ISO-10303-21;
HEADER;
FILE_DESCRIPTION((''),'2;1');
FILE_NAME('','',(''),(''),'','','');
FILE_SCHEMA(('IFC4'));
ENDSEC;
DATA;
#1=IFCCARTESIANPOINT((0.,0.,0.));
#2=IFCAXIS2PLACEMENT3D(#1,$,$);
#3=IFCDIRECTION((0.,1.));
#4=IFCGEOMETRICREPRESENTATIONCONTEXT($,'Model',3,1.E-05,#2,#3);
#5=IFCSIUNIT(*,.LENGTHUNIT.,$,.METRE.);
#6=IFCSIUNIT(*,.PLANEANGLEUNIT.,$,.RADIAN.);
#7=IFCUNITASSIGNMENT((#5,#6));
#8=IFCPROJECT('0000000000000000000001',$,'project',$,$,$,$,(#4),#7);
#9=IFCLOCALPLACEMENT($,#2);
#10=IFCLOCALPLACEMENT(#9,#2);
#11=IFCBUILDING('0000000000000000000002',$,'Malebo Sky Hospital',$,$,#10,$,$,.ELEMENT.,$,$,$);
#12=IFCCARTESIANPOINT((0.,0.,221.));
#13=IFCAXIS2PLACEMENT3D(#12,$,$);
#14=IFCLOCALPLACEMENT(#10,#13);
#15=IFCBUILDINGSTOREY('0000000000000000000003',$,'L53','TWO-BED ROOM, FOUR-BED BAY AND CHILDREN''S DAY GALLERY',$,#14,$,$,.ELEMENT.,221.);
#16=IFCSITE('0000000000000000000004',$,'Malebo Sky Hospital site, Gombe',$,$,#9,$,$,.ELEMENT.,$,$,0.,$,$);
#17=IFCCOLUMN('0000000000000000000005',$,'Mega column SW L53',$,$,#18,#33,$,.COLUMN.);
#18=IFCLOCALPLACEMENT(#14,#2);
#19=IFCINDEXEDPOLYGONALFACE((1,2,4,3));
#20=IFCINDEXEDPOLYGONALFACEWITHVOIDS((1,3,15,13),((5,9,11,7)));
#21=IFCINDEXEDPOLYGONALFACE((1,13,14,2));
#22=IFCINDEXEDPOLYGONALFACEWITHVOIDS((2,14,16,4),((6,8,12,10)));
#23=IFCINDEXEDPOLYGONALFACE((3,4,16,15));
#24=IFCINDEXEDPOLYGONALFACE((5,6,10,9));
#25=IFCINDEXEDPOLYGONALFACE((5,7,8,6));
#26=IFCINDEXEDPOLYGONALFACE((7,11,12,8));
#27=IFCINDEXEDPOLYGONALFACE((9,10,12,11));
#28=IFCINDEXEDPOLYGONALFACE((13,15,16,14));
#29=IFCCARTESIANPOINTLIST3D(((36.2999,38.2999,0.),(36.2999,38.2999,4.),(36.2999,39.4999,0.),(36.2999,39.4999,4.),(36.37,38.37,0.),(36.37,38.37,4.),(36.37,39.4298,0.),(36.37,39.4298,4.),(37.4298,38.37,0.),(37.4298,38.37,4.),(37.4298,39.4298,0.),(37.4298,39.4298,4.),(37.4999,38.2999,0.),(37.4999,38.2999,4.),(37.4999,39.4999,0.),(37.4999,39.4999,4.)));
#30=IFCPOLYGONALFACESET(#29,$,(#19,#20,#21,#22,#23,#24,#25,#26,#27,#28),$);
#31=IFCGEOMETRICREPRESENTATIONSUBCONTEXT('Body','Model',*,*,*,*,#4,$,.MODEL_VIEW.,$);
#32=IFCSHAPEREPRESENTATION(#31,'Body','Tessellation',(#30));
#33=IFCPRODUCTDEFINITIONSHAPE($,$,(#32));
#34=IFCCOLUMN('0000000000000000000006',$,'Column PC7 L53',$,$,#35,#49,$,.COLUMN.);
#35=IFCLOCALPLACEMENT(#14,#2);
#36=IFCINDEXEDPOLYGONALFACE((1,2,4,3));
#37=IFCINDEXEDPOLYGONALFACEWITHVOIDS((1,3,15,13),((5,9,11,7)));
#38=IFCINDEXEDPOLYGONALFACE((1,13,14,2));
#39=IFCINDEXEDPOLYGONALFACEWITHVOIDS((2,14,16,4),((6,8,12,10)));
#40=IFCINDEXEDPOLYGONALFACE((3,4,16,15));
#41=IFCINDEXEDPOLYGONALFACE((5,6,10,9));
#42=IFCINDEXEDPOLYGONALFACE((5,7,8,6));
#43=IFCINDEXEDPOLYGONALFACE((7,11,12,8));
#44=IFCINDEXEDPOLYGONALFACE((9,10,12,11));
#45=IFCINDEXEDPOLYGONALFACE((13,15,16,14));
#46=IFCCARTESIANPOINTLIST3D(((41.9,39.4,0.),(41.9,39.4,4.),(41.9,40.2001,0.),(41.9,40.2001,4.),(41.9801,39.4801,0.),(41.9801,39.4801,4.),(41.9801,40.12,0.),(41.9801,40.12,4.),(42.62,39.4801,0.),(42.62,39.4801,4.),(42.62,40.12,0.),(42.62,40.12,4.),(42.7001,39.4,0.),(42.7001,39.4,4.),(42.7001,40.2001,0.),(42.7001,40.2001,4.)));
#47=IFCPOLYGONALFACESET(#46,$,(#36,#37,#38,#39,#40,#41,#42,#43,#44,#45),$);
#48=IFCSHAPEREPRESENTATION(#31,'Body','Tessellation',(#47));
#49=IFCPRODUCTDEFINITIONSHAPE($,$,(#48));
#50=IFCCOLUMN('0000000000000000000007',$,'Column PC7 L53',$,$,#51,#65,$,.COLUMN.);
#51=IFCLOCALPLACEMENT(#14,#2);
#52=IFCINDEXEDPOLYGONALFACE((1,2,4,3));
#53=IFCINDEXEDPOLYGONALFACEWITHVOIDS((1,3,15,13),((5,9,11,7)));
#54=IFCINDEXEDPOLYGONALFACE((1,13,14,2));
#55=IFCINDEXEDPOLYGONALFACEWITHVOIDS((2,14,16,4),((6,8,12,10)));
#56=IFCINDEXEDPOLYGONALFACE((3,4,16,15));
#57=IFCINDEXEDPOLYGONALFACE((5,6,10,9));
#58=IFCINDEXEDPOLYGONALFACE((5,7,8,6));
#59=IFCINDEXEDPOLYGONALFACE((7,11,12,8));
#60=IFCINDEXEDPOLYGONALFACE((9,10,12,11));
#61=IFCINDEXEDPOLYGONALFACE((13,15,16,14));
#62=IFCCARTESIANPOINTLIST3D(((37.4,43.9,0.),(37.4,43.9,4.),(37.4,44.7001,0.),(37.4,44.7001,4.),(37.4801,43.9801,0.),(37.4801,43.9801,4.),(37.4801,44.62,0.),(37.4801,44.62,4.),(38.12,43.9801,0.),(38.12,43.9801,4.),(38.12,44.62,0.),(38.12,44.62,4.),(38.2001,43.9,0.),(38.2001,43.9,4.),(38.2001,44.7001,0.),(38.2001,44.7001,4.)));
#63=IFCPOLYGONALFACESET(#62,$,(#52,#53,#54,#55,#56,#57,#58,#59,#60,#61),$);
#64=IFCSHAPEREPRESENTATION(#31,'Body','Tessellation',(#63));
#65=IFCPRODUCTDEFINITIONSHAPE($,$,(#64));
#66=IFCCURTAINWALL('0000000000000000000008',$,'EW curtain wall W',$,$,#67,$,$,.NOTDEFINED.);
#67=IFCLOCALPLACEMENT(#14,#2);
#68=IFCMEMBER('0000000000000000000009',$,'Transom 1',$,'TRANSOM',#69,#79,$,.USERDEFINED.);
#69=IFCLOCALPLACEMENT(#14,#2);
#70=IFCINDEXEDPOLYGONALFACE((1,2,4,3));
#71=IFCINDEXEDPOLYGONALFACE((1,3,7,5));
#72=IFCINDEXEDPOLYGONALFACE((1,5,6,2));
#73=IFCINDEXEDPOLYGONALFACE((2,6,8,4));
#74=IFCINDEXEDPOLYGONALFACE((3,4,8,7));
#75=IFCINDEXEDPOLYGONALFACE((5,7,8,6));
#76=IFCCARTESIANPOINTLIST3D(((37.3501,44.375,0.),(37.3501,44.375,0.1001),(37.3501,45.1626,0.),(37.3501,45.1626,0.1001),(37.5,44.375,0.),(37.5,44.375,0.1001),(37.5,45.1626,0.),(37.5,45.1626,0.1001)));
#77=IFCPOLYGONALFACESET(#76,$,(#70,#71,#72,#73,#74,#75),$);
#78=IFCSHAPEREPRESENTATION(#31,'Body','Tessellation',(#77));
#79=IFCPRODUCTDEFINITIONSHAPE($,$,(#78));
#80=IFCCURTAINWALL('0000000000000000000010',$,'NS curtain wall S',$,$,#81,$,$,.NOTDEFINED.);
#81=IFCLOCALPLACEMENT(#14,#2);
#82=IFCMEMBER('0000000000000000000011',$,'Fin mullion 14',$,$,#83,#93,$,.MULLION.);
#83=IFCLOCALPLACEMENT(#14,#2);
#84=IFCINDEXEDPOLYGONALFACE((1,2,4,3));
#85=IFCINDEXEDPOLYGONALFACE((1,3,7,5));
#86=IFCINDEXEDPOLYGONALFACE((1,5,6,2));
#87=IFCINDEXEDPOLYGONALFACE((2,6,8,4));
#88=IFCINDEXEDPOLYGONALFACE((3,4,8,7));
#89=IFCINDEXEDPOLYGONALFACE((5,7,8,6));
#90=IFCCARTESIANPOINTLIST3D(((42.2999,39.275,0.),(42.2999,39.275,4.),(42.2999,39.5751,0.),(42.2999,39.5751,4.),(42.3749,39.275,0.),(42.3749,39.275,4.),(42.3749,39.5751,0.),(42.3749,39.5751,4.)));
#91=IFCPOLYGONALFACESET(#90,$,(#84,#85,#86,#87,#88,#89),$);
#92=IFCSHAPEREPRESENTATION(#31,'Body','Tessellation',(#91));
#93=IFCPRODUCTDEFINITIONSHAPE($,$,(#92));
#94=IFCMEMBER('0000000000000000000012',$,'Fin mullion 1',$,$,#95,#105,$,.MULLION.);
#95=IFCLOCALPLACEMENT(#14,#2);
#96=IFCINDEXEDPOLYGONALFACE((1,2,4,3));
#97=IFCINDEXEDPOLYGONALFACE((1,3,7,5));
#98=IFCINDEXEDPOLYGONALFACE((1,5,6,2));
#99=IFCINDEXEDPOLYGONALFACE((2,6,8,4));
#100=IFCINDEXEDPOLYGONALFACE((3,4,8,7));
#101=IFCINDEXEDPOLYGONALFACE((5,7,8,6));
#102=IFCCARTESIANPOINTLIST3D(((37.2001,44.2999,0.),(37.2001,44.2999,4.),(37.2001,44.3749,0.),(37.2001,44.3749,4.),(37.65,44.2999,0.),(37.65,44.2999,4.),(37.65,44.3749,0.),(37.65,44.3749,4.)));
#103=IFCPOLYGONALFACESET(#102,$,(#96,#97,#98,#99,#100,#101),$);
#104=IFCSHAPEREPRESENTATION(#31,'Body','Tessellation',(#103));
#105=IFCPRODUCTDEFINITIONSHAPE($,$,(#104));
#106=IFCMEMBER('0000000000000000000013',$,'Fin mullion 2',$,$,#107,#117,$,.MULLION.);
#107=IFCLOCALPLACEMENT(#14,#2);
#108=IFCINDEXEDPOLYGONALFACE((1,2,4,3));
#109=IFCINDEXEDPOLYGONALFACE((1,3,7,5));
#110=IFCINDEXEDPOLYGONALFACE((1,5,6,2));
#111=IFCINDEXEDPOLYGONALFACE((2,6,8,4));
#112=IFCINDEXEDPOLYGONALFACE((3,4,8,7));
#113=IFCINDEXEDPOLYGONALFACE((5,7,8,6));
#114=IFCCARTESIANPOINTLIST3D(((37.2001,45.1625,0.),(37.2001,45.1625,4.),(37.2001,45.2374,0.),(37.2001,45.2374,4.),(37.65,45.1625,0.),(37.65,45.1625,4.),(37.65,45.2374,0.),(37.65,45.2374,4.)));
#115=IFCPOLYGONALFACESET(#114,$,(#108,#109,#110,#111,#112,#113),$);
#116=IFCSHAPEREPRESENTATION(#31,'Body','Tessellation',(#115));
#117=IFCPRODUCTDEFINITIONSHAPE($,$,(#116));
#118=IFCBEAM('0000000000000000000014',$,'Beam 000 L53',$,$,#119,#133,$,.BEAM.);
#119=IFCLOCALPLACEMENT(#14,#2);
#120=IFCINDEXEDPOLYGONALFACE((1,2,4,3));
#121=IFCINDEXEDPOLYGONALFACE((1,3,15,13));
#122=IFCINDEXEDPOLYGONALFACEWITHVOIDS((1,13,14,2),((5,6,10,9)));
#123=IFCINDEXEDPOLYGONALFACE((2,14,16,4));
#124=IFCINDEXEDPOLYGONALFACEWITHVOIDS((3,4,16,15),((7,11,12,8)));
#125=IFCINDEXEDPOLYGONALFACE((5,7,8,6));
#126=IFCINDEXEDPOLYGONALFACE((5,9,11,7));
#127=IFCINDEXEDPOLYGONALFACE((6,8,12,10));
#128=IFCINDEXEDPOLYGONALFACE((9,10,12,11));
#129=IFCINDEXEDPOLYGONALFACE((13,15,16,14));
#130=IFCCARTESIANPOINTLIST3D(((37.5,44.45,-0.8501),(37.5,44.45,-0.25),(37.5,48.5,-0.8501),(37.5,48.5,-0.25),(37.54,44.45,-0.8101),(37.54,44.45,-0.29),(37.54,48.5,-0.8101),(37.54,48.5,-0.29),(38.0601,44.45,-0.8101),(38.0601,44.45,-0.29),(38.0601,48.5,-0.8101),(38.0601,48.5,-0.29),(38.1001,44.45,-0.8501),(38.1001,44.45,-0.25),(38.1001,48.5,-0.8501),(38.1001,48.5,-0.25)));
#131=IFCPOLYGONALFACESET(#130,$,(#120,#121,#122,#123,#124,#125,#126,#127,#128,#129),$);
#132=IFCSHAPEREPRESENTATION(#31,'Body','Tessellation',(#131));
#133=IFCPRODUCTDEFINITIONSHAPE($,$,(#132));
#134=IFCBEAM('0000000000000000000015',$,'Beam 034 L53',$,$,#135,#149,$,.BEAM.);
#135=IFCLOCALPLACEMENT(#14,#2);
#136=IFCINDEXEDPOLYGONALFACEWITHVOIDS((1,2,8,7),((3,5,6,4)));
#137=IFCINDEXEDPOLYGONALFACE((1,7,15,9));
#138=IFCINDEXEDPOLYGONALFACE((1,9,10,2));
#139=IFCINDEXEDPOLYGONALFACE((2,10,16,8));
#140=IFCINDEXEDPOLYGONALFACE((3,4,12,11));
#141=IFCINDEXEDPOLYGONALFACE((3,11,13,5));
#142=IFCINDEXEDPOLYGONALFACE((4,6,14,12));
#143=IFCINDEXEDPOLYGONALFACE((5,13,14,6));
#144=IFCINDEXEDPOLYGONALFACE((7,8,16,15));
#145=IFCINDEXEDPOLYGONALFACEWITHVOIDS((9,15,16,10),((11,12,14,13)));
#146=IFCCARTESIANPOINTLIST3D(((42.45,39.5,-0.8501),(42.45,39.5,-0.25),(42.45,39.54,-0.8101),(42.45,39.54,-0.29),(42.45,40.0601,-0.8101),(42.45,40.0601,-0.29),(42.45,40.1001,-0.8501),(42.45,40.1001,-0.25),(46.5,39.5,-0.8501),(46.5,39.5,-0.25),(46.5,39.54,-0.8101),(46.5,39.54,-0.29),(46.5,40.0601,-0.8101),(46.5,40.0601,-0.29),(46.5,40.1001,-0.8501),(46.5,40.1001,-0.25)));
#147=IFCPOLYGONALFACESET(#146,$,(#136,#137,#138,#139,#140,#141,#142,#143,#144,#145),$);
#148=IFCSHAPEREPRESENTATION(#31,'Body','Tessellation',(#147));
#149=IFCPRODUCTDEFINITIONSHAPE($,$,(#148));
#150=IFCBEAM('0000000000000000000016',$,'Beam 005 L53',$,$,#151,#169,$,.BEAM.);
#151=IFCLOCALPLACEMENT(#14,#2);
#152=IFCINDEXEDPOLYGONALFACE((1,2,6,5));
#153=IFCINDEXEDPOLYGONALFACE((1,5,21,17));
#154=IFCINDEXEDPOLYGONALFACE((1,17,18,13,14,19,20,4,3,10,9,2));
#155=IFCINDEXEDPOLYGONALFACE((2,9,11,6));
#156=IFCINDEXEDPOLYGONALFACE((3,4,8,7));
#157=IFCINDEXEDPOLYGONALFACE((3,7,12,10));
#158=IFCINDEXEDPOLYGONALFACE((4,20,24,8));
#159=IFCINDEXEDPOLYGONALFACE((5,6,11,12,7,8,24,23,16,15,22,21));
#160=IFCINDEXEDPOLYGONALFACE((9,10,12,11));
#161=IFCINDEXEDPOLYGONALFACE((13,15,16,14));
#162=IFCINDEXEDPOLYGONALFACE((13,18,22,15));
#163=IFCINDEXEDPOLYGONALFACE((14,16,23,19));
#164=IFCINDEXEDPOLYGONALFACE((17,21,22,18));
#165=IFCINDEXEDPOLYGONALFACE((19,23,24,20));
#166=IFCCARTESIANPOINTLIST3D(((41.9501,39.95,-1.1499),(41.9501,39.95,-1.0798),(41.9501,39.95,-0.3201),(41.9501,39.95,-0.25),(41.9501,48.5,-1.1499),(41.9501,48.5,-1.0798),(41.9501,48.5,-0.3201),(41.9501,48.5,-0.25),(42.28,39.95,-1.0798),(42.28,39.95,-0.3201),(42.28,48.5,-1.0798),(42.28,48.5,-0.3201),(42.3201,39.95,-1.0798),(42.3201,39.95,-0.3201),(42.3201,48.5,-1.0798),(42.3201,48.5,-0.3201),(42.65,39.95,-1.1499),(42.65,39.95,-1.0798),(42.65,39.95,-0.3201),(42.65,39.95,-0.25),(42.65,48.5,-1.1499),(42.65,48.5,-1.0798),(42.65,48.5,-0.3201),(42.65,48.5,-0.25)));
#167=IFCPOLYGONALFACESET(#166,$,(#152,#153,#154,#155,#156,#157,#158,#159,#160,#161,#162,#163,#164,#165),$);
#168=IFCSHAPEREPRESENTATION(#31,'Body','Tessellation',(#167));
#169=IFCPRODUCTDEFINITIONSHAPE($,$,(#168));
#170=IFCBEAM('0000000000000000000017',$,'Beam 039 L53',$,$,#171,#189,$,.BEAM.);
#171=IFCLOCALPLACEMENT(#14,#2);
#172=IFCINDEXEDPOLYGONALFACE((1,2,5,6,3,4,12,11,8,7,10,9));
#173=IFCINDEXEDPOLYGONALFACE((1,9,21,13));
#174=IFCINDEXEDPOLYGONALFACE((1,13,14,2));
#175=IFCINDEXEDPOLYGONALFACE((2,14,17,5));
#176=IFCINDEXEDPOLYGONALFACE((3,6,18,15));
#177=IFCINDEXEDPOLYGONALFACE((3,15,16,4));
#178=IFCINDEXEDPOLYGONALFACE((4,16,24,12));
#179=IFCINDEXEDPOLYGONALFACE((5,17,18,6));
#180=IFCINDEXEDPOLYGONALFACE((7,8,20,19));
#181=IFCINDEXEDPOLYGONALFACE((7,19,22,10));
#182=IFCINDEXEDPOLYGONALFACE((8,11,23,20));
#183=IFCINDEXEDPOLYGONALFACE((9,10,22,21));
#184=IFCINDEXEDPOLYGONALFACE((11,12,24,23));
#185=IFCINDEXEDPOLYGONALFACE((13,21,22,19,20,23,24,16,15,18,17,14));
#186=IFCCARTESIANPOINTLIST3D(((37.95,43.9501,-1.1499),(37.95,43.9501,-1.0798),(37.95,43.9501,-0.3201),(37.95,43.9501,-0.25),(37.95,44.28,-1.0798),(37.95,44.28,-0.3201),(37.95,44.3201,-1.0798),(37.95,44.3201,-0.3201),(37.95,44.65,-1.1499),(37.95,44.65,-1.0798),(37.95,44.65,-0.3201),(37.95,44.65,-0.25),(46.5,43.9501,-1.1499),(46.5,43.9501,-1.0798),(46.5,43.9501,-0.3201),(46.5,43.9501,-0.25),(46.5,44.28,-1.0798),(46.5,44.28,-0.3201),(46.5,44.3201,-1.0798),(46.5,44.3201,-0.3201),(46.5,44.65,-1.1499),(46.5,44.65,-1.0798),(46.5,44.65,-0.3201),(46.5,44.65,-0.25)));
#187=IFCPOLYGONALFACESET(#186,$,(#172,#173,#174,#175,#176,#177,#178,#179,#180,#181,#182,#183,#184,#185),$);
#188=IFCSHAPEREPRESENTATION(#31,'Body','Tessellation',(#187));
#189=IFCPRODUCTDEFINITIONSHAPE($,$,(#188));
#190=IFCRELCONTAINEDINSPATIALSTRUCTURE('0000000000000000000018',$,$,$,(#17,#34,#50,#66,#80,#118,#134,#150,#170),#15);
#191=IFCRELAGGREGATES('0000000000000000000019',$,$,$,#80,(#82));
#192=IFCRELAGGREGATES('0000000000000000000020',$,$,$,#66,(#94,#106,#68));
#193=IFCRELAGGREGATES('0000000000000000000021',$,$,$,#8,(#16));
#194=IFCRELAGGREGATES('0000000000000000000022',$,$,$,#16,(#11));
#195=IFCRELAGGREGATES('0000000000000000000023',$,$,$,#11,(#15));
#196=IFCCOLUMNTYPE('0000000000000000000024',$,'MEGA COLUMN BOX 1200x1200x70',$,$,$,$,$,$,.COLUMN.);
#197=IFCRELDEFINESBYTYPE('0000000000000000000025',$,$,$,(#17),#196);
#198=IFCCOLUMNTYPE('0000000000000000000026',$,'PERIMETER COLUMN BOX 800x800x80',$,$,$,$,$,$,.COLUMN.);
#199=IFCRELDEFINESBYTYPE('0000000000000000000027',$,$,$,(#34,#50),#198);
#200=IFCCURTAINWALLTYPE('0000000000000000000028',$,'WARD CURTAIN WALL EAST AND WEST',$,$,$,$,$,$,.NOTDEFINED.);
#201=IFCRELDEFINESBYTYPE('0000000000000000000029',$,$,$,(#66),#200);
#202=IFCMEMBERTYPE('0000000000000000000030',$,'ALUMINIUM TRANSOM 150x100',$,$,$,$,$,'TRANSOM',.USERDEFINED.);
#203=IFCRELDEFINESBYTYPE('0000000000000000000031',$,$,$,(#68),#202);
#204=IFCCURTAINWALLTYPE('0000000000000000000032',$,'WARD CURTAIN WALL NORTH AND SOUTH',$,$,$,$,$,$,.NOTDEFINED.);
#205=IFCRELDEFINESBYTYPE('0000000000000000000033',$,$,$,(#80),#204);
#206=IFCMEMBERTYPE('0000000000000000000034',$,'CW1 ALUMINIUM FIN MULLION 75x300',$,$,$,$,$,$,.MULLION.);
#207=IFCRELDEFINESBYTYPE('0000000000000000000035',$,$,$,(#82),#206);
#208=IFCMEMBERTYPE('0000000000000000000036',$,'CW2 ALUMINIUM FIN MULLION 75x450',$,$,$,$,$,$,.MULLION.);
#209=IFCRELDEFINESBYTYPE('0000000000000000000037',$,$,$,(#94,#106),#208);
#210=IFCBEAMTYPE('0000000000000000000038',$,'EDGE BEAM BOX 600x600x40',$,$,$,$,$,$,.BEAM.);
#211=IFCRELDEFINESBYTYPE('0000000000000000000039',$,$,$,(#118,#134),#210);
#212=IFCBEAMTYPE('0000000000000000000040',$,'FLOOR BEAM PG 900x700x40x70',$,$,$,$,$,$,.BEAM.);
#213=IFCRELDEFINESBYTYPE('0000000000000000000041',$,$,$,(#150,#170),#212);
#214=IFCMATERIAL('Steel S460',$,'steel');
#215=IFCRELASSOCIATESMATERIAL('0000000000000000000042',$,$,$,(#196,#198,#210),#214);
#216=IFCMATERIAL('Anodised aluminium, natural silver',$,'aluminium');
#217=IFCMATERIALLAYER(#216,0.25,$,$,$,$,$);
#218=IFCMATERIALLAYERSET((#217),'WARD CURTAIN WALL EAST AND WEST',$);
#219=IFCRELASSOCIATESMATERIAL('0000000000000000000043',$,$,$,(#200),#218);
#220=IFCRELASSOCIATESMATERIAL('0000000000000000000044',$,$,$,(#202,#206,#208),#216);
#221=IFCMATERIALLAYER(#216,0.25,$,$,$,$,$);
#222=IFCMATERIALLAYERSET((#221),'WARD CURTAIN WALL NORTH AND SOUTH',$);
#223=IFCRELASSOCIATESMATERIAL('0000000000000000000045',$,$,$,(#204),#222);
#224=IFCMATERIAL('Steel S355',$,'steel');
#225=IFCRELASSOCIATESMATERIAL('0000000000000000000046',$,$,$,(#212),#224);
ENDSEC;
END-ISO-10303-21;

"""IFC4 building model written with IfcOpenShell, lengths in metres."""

from ifc_helpers import new_model, si_unit, direction, frame, origin, origin_2d, place, context, subcontext, project, spatial, rectangle, hollow_rectangle, i_section, extrude, material, layer, layer_set, material_profile, profile_set, type_object, element, aggregate, save


model = new_model("IFC4")

# Units and contexts
model_context = context("Model", 3, precision=1e-05, world=origin(), true_north=direction((0.0, 1.0)))
body_context = subcontext(model_context, "Body", "Model", "MODEL_VIEW")
ifc_project = project(units=[si_unit("LENGTHUNIT", "METRE"), si_unit("PLANEANGLEUNIT", "RADIAN")], contexts=[model_context])

# Site, building, storey
site_placement = place(None, origin())
site = spatial("IfcSite", under=ifc_project, at=site_placement, Name="Malebo Sky Hospital site, Gombe", CompositionType="ELEMENT", RefElevation=0.0)
building_placement = place(site_placement, origin())
building = spatial("IfcBuilding", under=site, at=building_placement, Name="Malebo Sky Hospital", CompositionType="ELEMENT")
storey_placement = place(building_placement, frame((0.0, 0.0, 221.0)))
storey = spatial("IfcBuildingStorey", under=building, at=storey_placement, Name="L53", Description="TWO-BED ROOM, FOUR-BED BAY AND CHILDREN'S DAY GALLERY", CompositionType="ELEMENT", Elevation=221.0)

# Columns
ifc_material_1 = material(Name="Steel S460", Category="steel")
ifc_material_profile_1 = material_profile(ifc_material_1, hollow_rectangle(XDim=1.2, YDim=1.2, WallThickness=0.0701, at=origin_2d()), Name="BOX 1200x1200x70")
ifc_profile_set_1 = profile_set([ifc_material_profile_1], Name="Steel S460")
column_type_1 = type_object("IfcColumnType", Name="MEGA COLUMN BOX 1200x1200x70", PredefinedType="COLUMN", material=ifc_profile_set_1)
column_placement = place(storey_placement, frame((36.8999, 38.8999, 0.0), z_axis=(0.0, 0.0, 1.0), x_axis=(1.0, 0.0, 0.0)))
element("IfcColumn", 1, at=column_placement, inside=storey, type_object=column_type_1, Name="Mega column SW L53", PredefinedType="COLUMN", context=body_context, shape_type="SweptSolid", body=[
    extrude(hollow_rectangle(XDim=1.2, YDim=1.2, WallThickness=0.0701, at=origin_2d()), origin(), (0.0, 0.0, 1.0), 4.0),
])
ifc_material_profile_2 = material_profile(ifc_material_1, hollow_rectangle(XDim=0.8, YDim=0.8, WallThickness=0.0801, at=origin_2d()), Name="BOX 800x800x80")
ifc_profile_set_2 = profile_set([ifc_material_profile_2], Name="Steel S460")
column_type_2 = type_object("IfcColumnType", Name="PERIMETER COLUMN BOX 800x800x80", PredefinedType="COLUMN", material=ifc_profile_set_2)
for number, where, z_axis, x_axis, name in (
    (2, (42.3, 39.8, 0.0), (0.0, 0.0, 1.0), (1.0, 0.0, 0.0), "Column PC7 L53"),
    (3, (37.8, 44.3, 0.0), (0.0, 0.0, 1.0), (1.0, 0.0, 0.0), "Column PC7 L53"),
):
    element("IfcColumn", number, at=place(storey_placement, frame(where, z_axis=z_axis, x_axis=x_axis)), inside=storey, type_object=column_type_2, Name=name, PredefinedType="COLUMN", context=body_context, shape_type="SweptSolid", body=[
        extrude(hollow_rectangle(XDim=0.8, YDim=0.8, WallThickness=0.0801, at=origin_2d()), origin(), (0.0, 0.0, 1.0), 4.0),
    ])

# Curtain walls, members
ifc_material_2 = material(Name="Anodised aluminium, natural silver", Category="aluminium")
ifc_layer_1 = layer(ifc_material_2, 0.25)
ifc_layer_set_1 = layer_set([ifc_layer_1], Name="WARD CURTAIN WALL EAST AND WEST")
curtain_wall_type_1 = type_object("IfcCurtainWallType", Name="WARD CURTAIN WALL EAST AND WEST", PredefinedType="NOTDEFINED", material=ifc_layer_set_1)
curtain_wall_1_placement = place(storey_placement, origin())
curtain_wall_1 = element("IfcCurtainWall", 4, at=curtain_wall_1_placement, inside=storey, type_object=curtain_wall_type_1, Name="EW curtain wall W", PredefinedType="NOTDEFINED")
ifc_material_profile_3 = material_profile(ifc_material_2, rectangle(XDim=0.1499, YDim=0.1001, at=origin_2d()), Name="ALUMINIUM TRANSOM 150x100")
ifc_profile_set_3 = profile_set([ifc_material_profile_3], Name="Anodised aluminium, natural silver")
member_type_1 = type_object("IfcMemberType", Name="ALUMINIUM TRANSOM 150x100", ElementType="TRANSOM", PredefinedType="USERDEFINED", material=ifc_profile_set_3)
member_1_placement = place(storey_placement, frame((37.425, 44.375, 0.05), z_axis=(0.0, 1.0, 0.0), x_axis=(-1.0, 0.0, 0.0)))
member_1 = element("IfcMember", 5, at=member_1_placement, type_object=member_type_1, Name="Transom 1", ObjectType="TRANSOM", PredefinedType="USERDEFINED", context=body_context, shape_type="SweptSolid", body=[
    extrude(rectangle(XDim=0.1499, YDim=0.1001, at=origin_2d()), origin(), (0.0, 0.0, 1.0), 0.7876),
])
ifc_layer_2 = layer(ifc_material_2, 0.25)
ifc_layer_set_2 = layer_set([ifc_layer_2], Name="WARD CURTAIN WALL NORTH AND SOUTH")
curtain_wall_type_2 = type_object("IfcCurtainWallType", Name="WARD CURTAIN WALL NORTH AND SOUTH", PredefinedType="NOTDEFINED", material=ifc_layer_set_2)
curtain_wall_2_placement = place(storey_placement, origin())
curtain_wall_2 = element("IfcCurtainWall", 6, at=curtain_wall_2_placement, inside=storey, type_object=curtain_wall_type_2, Name="NS curtain wall S", PredefinedType="NOTDEFINED")
ifc_material_profile_4 = material_profile(ifc_material_2, rectangle(XDim=0.075, YDim=0.3, at=origin_2d()), Name="CW1 ALUMINIUM FIN MULLION 75x300")
ifc_profile_set_4 = profile_set([ifc_material_profile_4], Name="Anodised aluminium, natural silver")
member_type_2 = type_object("IfcMemberType", Name="CW1 ALUMINIUM FIN MULLION 75x300", PredefinedType="MULLION", material=ifc_profile_set_4)
member_2_placement = place(storey_placement, frame((42.3374, 39.425, 0.0), z_axis=(0.0, 0.0, 1.0), x_axis=(-1.0, 0.0, 0.0)))
member_2 = element("IfcMember", 7, at=member_2_placement, type_object=member_type_2, Name="Fin mullion 14", PredefinedType="MULLION", context=body_context, shape_type="SweptSolid", body=[
    extrude(rectangle(XDim=0.075, YDim=0.3, at=origin_2d()), origin(), (0.0, 0.0, 1.0), 4.0),
])
aggregate(curtain_wall_2, [member_2])

# Members
ifc_material_profile_5 = material_profile(ifc_material_2, rectangle(XDim=0.075, YDim=0.45, at=origin_2d()), Name="CW2 ALUMINIUM FIN MULLION 75x450")
ifc_profile_set_5 = profile_set([ifc_material_profile_5], Name="Anodised aluminium, natural silver")
member_type_3 = type_object("IfcMemberType", Name="CW2 ALUMINIUM FIN MULLION 75x450", PredefinedType="MULLION", material=ifc_profile_set_5)
member_3_placement = place(storey_placement, frame((37.425, 44.3374, 0.0), z_axis=(0.0, 0.0, 1.0), x_axis=(0.0, 1.0, 0.0)))
member_3 = element("IfcMember", 8, at=member_3_placement, type_object=member_type_3, Name="Fin mullion 1", PredefinedType="MULLION", context=body_context, shape_type="SweptSolid", body=[
    extrude(rectangle(XDim=0.075, YDim=0.45, at=origin_2d()), origin(), (0.0, 0.0, 1.0), 4.0),
])
member_4_placement = place(storey_placement, frame((37.425, 45.2, 0.0), z_axis=(0.0, 0.0, 1.0), x_axis=(0.0, 1.0, 0.0)))
member_4 = element("IfcMember", 9, at=member_4_placement, type_object=member_type_3, Name="Fin mullion 2", PredefinedType="MULLION", context=body_context, shape_type="SweptSolid", body=[
    extrude(rectangle(XDim=0.075, YDim=0.45, at=origin_2d()), origin(), (0.0, 0.0, 1.0), 4.0),
])

# Beams
ifc_material_profile_6 = material_profile(ifc_material_1, hollow_rectangle(XDim=0.6001, YDim=0.6001, WallThickness=0.04, at=origin_2d()), Name="BOX 600x600x40")
ifc_profile_set_6 = profile_set([ifc_material_profile_6], Name="Steel S460")
beam_type_1 = type_object("IfcBeamType", Name="EDGE BEAM BOX 600x600x40", PredefinedType="BEAM", material=ifc_profile_set_6)
for number, where, z_axis, x_axis, name in (
    (10, (37.8, 44.45, -0.55), (0.0, 1.0, 0.0), (-1.0, 0.0, 0.0), "Beam 000 L53"),
    (11, (42.45, 39.8, -0.55), (1.0, 0.0, 0.0), (0.0, 1.0, 0.0), "Beam 034 L53"),
):
    element("IfcBeam", number, at=place(storey_placement, frame(where, z_axis=z_axis, x_axis=x_axis)), inside=storey, type_object=beam_type_1, Name=name, PredefinedType="BEAM", context=body_context, shape_type="SweptSolid", body=[
        extrude(hollow_rectangle(XDim=0.6001, YDim=0.6001, WallThickness=0.04, at=origin_2d()), origin(), (0.0, 0.0, 1.0), 4.05),
    ])
ifc_material_3 = material(Name="Steel S355", Category="steel")
ifc_material_profile_7 = material_profile(ifc_material_3, i_section(OverallWidth=0.7, OverallDepth=0.8999, WebThickness=0.04, FlangeThickness=0.0701, at=origin_2d()), Name="PG 900x700x40x70")
ifc_profile_set_7 = profile_set([ifc_material_profile_7], Name="Steel S355")
beam_type_2 = type_object("IfcBeamType", Name="FLOOR BEAM PG 900x700x40x70", PredefinedType="BEAM", material=ifc_profile_set_7)
for number, where, z_axis, x_axis, name in (
    (12, (42.3, 39.95, -0.7), (0.0, 1.0, 0.0), (-1.0, 0.0, 0.0), "Beam 005 L53"),
    (13, (37.95, 44.3, -0.7), (1.0, 0.0, 0.0), (0.0, 1.0, 0.0), "Beam 039 L53"),
):
    element("IfcBeam", number, at=place(storey_placement, frame(where, z_axis=z_axis, x_axis=x_axis)), inside=storey, type_object=beam_type_2, Name=name, PredefinedType="BEAM", context=body_context, shape_type="SweptSolid", body=[
        extrude(i_section(OverallWidth=0.7, OverallDepth=0.8999, WebThickness=0.04, FlangeThickness=0.0701, at=origin_2d()), origin(), (0.0, 0.0, 1.0), 8.55),
    ])

aggregate(curtain_wall_1, [member_3, member_4, member_1])

save(model, "model.ifc")
